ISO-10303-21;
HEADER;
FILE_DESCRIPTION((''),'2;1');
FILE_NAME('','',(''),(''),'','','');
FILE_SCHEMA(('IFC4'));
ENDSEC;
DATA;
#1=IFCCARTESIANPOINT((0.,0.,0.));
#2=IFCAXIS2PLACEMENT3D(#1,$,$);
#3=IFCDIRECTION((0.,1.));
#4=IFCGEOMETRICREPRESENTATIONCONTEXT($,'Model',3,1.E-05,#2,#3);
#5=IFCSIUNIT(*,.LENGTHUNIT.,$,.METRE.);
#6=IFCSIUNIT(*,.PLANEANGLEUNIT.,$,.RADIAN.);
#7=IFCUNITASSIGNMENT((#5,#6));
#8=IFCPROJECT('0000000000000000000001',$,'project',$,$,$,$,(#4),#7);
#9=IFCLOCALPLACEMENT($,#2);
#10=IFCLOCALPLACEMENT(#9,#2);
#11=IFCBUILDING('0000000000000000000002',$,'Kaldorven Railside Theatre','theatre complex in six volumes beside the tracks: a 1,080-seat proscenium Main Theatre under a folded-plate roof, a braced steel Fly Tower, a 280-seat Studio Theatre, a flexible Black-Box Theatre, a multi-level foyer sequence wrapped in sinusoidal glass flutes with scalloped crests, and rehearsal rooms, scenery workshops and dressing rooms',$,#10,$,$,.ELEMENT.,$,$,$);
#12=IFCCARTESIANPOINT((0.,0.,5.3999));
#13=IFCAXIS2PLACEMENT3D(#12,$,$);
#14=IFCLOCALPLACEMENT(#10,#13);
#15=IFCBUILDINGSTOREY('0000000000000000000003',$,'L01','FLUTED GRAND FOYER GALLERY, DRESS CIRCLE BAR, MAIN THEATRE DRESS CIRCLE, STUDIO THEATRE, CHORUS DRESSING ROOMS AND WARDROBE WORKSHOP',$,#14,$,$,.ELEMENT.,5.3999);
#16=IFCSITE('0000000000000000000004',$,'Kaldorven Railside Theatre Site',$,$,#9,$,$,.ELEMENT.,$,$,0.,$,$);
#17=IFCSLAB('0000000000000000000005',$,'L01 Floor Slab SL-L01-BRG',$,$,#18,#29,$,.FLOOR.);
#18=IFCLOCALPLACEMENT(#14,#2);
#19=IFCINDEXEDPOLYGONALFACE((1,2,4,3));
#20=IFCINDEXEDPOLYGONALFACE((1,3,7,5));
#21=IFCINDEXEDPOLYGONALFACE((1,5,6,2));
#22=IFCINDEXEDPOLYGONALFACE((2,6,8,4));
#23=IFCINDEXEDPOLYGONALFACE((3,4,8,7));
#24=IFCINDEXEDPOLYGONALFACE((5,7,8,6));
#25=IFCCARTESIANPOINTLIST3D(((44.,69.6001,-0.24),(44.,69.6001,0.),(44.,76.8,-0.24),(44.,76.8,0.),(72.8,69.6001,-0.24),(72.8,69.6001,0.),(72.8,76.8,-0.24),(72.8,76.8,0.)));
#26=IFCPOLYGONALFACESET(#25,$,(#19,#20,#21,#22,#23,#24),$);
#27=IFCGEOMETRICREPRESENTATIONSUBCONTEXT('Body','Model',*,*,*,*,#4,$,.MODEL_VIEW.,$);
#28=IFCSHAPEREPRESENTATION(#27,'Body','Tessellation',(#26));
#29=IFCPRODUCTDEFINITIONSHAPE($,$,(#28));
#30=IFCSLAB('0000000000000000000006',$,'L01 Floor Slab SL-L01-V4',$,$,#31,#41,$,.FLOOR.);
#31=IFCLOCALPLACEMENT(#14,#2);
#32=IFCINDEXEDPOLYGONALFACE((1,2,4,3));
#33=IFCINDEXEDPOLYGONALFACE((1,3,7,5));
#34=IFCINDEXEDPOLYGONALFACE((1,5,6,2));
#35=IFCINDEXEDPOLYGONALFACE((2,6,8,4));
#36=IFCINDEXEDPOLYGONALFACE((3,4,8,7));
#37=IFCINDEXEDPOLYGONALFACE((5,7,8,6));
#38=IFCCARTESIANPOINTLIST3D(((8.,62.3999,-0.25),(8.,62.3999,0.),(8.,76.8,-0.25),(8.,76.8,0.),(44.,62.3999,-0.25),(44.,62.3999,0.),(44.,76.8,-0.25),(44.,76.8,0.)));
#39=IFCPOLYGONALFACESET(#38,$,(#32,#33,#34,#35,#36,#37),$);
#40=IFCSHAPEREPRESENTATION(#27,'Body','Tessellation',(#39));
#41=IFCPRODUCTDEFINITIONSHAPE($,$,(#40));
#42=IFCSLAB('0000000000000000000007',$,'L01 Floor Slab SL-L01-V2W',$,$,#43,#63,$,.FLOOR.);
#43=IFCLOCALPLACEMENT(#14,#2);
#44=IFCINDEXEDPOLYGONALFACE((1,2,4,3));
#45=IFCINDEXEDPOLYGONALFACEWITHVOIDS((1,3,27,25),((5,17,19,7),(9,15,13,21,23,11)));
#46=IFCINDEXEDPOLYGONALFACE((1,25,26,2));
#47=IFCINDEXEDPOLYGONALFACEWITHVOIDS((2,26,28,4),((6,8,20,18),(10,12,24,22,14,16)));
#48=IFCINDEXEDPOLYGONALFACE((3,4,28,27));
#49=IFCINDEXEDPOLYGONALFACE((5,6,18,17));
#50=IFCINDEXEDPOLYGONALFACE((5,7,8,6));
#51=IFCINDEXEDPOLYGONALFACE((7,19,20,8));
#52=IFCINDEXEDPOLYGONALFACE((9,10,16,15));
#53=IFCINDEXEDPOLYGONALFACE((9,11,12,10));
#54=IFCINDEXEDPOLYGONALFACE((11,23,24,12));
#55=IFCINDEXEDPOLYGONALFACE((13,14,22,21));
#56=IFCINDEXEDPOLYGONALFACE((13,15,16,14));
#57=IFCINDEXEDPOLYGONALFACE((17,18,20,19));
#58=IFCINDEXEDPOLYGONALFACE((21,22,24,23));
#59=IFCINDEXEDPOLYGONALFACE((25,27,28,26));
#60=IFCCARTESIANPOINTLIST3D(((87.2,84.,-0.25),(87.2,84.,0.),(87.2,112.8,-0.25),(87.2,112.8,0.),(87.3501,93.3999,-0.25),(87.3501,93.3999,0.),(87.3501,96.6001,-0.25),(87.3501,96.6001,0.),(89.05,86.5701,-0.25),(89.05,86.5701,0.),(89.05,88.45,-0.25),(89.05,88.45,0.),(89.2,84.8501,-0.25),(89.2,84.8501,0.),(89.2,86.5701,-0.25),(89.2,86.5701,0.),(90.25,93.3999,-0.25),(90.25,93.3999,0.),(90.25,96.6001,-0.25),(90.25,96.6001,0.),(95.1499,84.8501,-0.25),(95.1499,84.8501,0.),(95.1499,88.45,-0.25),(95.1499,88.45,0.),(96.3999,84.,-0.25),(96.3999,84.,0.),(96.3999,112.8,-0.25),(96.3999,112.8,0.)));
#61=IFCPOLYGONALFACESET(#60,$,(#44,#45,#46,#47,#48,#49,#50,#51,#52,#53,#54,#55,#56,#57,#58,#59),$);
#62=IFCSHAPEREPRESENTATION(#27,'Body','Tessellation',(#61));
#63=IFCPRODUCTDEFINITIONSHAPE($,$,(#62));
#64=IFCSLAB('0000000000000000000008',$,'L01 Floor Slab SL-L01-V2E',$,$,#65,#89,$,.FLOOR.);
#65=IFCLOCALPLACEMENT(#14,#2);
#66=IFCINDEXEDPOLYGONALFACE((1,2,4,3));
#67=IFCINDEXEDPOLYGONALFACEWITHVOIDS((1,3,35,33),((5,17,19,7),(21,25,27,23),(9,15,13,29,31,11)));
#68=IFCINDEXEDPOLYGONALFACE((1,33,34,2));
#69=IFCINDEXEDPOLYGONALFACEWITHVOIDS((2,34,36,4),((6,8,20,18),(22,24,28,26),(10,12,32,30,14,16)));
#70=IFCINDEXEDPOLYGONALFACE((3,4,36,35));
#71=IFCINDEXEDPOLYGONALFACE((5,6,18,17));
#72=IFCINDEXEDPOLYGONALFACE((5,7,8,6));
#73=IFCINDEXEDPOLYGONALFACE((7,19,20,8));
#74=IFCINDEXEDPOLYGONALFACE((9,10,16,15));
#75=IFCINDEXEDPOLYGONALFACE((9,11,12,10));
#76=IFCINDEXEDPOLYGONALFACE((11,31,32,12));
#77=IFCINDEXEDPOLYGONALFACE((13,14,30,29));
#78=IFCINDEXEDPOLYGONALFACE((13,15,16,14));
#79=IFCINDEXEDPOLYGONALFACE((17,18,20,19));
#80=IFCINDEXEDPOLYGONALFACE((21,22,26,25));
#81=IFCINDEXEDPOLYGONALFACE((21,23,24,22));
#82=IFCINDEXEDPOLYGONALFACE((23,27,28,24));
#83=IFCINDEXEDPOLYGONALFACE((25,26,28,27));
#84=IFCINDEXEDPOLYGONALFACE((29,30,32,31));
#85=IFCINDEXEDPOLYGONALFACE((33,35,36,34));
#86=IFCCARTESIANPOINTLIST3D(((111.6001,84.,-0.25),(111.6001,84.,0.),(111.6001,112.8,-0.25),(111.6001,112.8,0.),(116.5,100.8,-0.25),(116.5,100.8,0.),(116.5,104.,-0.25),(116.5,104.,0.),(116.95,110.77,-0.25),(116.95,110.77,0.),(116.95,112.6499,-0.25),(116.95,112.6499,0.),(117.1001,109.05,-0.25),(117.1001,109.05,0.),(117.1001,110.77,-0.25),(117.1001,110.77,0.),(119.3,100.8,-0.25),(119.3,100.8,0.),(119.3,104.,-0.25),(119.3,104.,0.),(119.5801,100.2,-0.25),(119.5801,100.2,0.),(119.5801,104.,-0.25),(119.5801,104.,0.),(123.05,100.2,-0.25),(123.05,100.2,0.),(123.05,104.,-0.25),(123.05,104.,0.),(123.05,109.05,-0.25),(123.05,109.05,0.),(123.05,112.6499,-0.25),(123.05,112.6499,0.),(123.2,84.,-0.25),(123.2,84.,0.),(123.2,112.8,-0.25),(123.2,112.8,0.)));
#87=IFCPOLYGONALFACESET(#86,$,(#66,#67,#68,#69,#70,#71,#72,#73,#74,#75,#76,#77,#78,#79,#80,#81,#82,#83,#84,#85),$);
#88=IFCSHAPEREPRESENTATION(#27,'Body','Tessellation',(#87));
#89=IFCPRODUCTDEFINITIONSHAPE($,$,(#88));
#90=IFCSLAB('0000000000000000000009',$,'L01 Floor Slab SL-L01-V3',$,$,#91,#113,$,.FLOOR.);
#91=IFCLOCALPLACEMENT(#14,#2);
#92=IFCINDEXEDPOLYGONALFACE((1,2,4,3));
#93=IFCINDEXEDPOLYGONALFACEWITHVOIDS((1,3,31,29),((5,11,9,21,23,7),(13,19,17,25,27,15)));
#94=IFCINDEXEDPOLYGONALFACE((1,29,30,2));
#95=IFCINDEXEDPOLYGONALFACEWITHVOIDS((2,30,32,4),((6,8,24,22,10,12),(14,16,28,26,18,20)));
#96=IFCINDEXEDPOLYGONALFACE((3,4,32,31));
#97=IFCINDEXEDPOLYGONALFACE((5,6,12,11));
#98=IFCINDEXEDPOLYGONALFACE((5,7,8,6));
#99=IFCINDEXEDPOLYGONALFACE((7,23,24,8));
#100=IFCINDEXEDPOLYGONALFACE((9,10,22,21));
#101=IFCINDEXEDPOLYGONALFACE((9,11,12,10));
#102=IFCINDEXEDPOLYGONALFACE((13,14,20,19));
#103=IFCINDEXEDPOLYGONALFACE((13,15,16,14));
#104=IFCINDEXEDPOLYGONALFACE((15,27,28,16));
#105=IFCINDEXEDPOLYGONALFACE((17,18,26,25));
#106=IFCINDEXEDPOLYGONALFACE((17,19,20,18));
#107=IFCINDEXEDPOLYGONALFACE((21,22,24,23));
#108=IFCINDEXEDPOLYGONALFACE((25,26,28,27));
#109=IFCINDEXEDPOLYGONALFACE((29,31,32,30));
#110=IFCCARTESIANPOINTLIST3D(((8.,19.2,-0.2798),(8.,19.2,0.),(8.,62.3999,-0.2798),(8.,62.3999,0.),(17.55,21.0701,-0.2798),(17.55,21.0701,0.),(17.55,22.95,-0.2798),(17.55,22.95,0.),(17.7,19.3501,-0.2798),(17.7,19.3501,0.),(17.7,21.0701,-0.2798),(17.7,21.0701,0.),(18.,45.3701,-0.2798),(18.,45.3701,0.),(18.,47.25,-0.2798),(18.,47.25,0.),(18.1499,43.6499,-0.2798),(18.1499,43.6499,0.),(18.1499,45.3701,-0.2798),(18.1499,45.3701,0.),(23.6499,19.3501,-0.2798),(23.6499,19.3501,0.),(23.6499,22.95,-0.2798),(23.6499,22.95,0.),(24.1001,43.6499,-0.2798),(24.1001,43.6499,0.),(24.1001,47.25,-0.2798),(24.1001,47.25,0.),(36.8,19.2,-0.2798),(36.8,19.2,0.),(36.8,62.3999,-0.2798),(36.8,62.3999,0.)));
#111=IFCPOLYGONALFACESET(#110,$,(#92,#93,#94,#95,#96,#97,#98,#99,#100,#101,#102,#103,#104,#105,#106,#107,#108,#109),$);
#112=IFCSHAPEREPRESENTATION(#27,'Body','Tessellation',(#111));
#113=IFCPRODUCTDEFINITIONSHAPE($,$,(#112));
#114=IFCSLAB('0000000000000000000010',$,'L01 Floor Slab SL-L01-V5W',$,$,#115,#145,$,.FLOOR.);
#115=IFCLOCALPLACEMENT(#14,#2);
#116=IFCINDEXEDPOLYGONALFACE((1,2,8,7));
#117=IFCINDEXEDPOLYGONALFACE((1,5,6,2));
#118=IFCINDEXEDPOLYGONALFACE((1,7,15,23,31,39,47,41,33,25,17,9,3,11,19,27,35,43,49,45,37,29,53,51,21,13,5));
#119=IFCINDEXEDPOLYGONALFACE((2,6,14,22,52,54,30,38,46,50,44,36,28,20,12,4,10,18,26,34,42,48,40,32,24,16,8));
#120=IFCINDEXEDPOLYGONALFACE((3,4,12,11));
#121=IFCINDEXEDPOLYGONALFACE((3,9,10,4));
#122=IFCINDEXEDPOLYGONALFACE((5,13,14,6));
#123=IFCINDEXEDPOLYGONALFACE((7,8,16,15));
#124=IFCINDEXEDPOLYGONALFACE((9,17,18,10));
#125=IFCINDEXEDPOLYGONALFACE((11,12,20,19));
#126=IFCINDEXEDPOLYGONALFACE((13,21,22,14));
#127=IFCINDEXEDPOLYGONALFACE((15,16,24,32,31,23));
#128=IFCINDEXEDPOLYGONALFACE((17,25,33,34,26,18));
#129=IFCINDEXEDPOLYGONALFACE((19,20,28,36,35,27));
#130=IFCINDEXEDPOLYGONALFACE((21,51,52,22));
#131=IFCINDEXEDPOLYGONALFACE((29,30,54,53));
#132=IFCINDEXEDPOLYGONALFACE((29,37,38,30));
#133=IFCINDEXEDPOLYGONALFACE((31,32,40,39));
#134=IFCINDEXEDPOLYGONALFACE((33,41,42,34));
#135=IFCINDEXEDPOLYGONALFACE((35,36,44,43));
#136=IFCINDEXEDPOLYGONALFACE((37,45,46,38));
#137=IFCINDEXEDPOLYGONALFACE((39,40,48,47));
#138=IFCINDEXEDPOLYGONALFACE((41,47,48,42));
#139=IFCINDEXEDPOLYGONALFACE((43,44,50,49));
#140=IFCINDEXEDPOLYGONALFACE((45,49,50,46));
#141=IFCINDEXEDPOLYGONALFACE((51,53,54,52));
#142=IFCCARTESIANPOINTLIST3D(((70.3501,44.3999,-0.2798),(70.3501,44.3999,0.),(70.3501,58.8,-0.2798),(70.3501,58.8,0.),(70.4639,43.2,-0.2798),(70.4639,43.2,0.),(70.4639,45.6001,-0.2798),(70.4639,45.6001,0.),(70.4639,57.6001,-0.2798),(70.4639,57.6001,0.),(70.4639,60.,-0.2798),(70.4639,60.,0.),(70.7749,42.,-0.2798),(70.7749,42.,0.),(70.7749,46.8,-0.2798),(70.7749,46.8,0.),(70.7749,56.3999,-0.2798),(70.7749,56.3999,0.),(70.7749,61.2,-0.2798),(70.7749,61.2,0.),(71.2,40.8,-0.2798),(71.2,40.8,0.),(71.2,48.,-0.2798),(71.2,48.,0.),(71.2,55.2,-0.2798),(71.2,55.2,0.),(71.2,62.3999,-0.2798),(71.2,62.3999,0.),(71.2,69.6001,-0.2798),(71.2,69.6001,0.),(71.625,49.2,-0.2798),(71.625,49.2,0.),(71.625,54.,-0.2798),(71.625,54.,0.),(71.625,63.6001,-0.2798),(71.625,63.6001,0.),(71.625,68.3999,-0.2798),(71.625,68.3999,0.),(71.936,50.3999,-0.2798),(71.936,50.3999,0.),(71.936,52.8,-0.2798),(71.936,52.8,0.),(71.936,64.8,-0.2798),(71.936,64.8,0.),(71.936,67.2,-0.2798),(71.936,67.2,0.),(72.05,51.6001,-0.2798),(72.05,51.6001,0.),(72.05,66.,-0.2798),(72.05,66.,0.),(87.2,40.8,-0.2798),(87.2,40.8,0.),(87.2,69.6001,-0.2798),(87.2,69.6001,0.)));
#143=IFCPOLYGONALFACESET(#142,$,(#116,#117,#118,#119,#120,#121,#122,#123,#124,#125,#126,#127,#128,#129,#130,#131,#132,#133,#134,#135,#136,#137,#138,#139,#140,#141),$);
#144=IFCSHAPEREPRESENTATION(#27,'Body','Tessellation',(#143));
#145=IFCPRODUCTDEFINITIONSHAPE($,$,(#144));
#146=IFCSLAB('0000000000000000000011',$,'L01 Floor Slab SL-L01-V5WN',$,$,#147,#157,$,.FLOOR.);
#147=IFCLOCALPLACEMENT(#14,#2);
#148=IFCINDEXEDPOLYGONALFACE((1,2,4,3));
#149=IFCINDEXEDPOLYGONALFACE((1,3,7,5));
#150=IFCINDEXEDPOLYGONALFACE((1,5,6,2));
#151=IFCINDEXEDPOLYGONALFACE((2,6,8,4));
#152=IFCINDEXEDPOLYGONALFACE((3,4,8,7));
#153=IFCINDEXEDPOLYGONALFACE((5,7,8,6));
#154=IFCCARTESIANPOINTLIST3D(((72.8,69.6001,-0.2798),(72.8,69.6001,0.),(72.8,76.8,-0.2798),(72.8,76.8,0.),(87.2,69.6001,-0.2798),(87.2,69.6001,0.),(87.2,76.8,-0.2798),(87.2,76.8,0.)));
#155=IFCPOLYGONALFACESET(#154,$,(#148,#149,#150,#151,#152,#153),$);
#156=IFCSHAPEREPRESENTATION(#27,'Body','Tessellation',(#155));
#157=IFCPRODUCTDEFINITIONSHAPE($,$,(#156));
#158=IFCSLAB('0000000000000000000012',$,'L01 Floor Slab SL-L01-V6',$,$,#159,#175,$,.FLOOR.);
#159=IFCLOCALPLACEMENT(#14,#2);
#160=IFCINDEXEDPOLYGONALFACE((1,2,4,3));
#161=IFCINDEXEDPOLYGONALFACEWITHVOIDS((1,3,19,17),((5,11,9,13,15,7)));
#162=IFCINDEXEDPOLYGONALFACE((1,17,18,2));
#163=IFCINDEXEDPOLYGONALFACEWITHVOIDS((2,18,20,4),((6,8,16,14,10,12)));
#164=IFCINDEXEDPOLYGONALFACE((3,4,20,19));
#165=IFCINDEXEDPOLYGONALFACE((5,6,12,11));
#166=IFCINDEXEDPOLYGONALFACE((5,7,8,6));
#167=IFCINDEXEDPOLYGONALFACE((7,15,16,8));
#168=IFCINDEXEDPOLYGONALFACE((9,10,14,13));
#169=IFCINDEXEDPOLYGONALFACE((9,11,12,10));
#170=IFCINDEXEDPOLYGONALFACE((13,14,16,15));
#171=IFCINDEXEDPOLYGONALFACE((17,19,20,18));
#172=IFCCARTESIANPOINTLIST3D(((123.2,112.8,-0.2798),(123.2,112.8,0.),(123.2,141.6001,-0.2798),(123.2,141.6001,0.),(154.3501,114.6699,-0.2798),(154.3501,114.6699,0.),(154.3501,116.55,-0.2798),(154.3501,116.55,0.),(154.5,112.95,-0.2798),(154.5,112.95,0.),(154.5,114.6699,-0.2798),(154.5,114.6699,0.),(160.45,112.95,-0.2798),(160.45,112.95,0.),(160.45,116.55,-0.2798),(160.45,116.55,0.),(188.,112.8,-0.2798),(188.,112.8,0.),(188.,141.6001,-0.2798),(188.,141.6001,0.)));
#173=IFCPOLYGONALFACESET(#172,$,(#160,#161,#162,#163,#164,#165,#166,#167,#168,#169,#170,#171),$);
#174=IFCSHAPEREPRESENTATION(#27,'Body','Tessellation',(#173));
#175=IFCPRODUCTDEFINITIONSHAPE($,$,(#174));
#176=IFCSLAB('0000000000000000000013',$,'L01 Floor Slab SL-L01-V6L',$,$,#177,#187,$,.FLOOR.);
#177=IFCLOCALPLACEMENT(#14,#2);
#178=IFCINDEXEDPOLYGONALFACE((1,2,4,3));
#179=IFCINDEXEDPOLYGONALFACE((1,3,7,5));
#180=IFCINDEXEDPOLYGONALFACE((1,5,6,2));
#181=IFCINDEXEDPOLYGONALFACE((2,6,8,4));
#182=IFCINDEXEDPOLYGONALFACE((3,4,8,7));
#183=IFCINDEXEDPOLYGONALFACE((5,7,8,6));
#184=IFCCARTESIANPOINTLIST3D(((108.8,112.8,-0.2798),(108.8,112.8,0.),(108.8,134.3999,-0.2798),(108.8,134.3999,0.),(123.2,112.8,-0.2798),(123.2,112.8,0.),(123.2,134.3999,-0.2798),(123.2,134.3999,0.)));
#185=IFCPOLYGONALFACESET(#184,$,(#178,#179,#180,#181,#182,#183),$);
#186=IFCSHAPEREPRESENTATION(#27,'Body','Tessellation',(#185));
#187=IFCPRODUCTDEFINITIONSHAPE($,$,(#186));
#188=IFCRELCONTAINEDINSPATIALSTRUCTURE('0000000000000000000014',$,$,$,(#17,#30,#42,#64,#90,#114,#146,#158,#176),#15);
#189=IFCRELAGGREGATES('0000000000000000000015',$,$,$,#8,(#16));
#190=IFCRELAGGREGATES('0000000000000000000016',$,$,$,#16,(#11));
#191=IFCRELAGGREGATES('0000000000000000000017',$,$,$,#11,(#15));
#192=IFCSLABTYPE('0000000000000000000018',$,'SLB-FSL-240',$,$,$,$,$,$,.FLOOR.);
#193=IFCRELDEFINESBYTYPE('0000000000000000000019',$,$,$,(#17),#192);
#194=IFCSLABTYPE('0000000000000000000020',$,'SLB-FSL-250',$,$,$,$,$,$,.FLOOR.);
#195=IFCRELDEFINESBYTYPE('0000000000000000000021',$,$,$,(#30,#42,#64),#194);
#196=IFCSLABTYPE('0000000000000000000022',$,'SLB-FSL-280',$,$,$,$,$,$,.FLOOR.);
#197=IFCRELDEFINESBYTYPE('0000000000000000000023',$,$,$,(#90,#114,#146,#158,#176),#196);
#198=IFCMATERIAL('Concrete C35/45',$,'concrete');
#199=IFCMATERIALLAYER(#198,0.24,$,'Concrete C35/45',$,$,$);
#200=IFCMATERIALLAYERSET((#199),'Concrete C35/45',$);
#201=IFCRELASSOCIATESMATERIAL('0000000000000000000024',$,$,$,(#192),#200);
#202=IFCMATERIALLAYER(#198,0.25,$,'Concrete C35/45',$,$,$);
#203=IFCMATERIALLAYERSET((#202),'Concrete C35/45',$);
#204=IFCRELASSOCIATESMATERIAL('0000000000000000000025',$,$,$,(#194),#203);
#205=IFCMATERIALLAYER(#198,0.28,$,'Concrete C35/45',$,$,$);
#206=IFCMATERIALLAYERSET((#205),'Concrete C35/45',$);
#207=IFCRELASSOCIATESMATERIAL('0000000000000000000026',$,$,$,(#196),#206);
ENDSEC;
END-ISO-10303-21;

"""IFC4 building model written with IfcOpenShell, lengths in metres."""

from ifc_helpers import new_model, si_unit, direction, frame, origin, place, context, subcontext, project, spatial, polyline, outline, extrude, material, layer, layer_set, type_object, element, save


model = new_model("IFC4")

# Units and contexts
model_context = context("Model", 3, precision=1e-05, world=origin(), true_north=direction((0.0, 1.0)))
body_context = subcontext(model_context, "Body", "Model", "MODEL_VIEW")
ifc_project = project(units=[si_unit("LENGTHUNIT", "METRE"), si_unit("PLANEANGLEUNIT", "RADIAN")], contexts=[model_context])

# Site, building, storey
site_placement = place(None, origin())
site = spatial("IfcSite", under=ifc_project, at=site_placement, Name="Kaldorven Railside Theatre Site", CompositionType="ELEMENT", RefElevation=0.0)
building_placement = place(site_placement, origin())
building = spatial("IfcBuilding", under=site, at=building_placement, Name="Kaldorven Railside Theatre", Description="theatre complex in six volumes beside the tracks: a 1,080-seat proscenium Main Theatre under a folded-plate roof, a braced steel Fly Tower, a 280-seat Studio Theatre, a flexible Black-Box Theatre, a multi-level foyer sequence wrapped in sinusoidal glass flutes with scalloped crests, and rehearsal rooms, scenery workshops and dressing rooms", CompositionType="ELEMENT")
storey_placement = place(building_placement, frame((0.0, 0.0, 5.3999)))
storey = spatial("IfcBuildingStorey", under=building, at=storey_placement, Name="L01", Description="FLUTED GRAND FOYER GALLERY, DRESS CIRCLE BAR, MAIN THEATRE DRESS CIRCLE, STUDIO THEATRE, CHORUS DRESSING ROOMS AND WARDROBE WORKSHOP", CompositionType="ELEMENT", Elevation=5.3999)

# Slabs
ifc_material = material(Name="Concrete C35/45", Category="concrete")
ifc_layer_1 = layer(ifc_material, 0.24, Name="Concrete C35/45")
ifc_layer_set_1 = layer_set([ifc_layer_1], Name="Concrete C35/45")
slab_type_1 = type_object("IfcSlabType", Name="SLB-FSL-240", PredefinedType="FLOOR", material=ifc_layer_set_1)
slab_1_placement = place(storey_placement, frame((0.0, 0.0, -0.24)))
element("IfcSlab", 1, at=slab_1_placement, inside=storey, type_object=slab_type_1, Name="L01 Floor Slab SL-L01-BRG", PredefinedType="FLOOR", context=body_context, shape_type="SweptSolid", body=[
    extrude(outline(polyline([(44.0, 69.6001), (72.8, 69.6001), (72.8, 76.8), (44.0, 76.8), (44.0, 69.6001)])), origin(), (0.0, 0.0, 1.0), 0.24),
])
ifc_layer_2 = layer(ifc_material, 0.25, Name="Concrete C35/45")
ifc_layer_set_2 = layer_set([ifc_layer_2], Name="Concrete C35/45")
slab_type_2 = type_object("IfcSlabType", Name="SLB-FSL-250", PredefinedType="FLOOR", material=ifc_layer_set_2)
slab_2_placement = place(storey_placement, frame((0.0, 0.0, -0.25)))
element("IfcSlab", 2, at=slab_2_placement, inside=storey, type_object=slab_type_2, Name="L01 Floor Slab SL-L01-V4", PredefinedType="FLOOR", context=body_context, shape_type="SweptSolid", body=[
    extrude(outline(polyline([(8.0, 62.3999), (44.0, 62.3999), (44.0, 76.8), (8.0, 76.8), (8.0, 62.3999)])), origin(), (0.0, 0.0, 1.0), 0.25),
])
slab_3_placement = place(storey_placement, frame((0.0, 0.0, -0.25)))
element("IfcSlab", 3, at=slab_3_placement, inside=storey, type_object=slab_type_2, Name="L01 Floor Slab SL-L01-V2W", PredefinedType="FLOOR", context=body_context, shape_type="SweptSolid", body=[
    extrude(outline(polyline([(87.2, 84.0), (96.3999, 84.0), (96.3999, 112.8), (87.2, 112.8), (87.2, 84.0)]), holes=[polyline([(89.05, 88.45), (95.1499, 88.45), (95.1499, 84.8501), (89.2, 84.8501), (89.2, 86.5701), (89.05, 86.5701), (89.05, 88.45)]), polyline([(90.25, 93.3999), (90.25, 96.6001), (87.3501, 96.6001), (87.3501, 93.3999), (90.25, 93.3999)])]), origin(), (0.0, 0.0, 1.0), 0.25),
])
slab_4_placement = place(storey_placement, frame((0.0, 0.0, -0.25)))
element("IfcSlab", 4, at=slab_4_placement, inside=storey, type_object=slab_type_2, Name="L01 Floor Slab SL-L01-V2E", PredefinedType="FLOOR", context=body_context, shape_type="SweptSolid", body=[
    extrude(outline(polyline([(111.6001, 84.0), (123.2, 84.0), (123.2, 112.8), (111.6001, 112.8), (111.6001, 84.0)]), holes=[polyline([(116.95, 112.6499), (123.05, 112.6499), (123.05, 109.05), (117.1001, 109.05), (117.1001, 110.77), (116.95, 110.77), (116.95, 112.6499)]), polyline([(119.3, 100.8), (119.3, 104.0), (116.5, 104.0), (116.5, 100.8), (119.3, 100.8)]), polyline([(123.05, 100.2), (123.05, 104.0), (119.5801, 104.0), (119.5801, 100.2), (123.05, 100.2)])]), origin(), (0.0, 0.0, 1.0), 0.25),
])
ifc_layer_3 = layer(ifc_material, 0.28, Name="Concrete C35/45")
ifc_layer_set_3 = layer_set([ifc_layer_3], Name="Concrete C35/45")
slab_type_3 = type_object("IfcSlabType", Name="SLB-FSL-280", PredefinedType="FLOOR", material=ifc_layer_set_3)
slab_5_placement = place(storey_placement, frame((0.0, 0.0, -0.2798)))
element("IfcSlab", 5, at=slab_5_placement, inside=storey, type_object=slab_type_3, Name="L01 Floor Slab SL-L01-V3", PredefinedType="FLOOR", context=body_context, shape_type="SweptSolid", body=[
    extrude(outline(polyline([(8.0, 19.2), (36.8, 19.2), (36.8, 62.3999), (8.0, 62.3999), (8.0, 19.2)]), holes=[polyline([(17.55, 22.95), (23.6499, 22.95), (23.6499, 19.3501), (17.7, 19.3501), (17.7, 21.0701), (17.55, 21.0701), (17.55, 22.95)]), polyline([(18.0, 47.25), (24.1001, 47.25), (24.1001, 43.6499), (18.1499, 43.6499), (18.1499, 45.3701), (18.0, 45.3701), (18.0, 47.25)])]), origin(), (0.0, 0.0, 1.0), 0.2798),
])
slab_6_placement = place(storey_placement, frame((0.0, 0.0, -0.2798)))
element("IfcSlab", 6, at=slab_6_placement, inside=storey, type_object=slab_type_3, Name="L01 Floor Slab SL-L01-V5W", PredefinedType="FLOOR", context=body_context, shape_type="SweptSolid", body=[
    extrude(outline(polyline([(71.2, 40.8), (87.2, 40.8), (87.2, 69.6001), (71.2, 69.6001), (71.625, 68.3999), (71.936, 67.2), (72.05, 66.0), (71.936, 64.8), (71.625, 63.6001), (71.2, 62.3999), (70.7749, 61.2), (70.4639, 60.0), (70.3501, 58.8), (70.4639, 57.6001), (70.7749, 56.3999), (71.2, 55.2), (71.625, 54.0), (71.936, 52.8), (72.05, 51.6001), (71.936, 50.3999), (71.625, 49.2), (71.2, 48.0), (70.7749, 46.8), (70.4639, 45.6001), (70.3501, 44.3999), (70.4639, 43.2), (70.7749, 42.0), (71.2, 40.8)])), origin(), (0.0, 0.0, 1.0), 0.2798),
])
slab_7_placement = place(storey_placement, frame((0.0, 0.0, -0.2798)))
element("IfcSlab", 7, at=slab_7_placement, inside=storey, type_object=slab_type_3, Name="L01 Floor Slab SL-L01-V5WN", PredefinedType="FLOOR", context=body_context, shape_type="SweptSolid", body=[
    extrude(outline(polyline([(72.8, 69.6001), (87.2, 69.6001), (87.2, 76.8), (72.8, 76.8), (72.8, 69.6001)])), origin(), (0.0, 0.0, 1.0), 0.2798),
])
slab_8_placement = place(storey_placement, frame((0.0, 0.0, -0.2798)))
element("IfcSlab", 8, at=slab_8_placement, inside=storey, type_object=slab_type_3, Name="L01 Floor Slab SL-L01-V6", PredefinedType="FLOOR", context=body_context, shape_type="SweptSolid", body=[
    extrude(outline(polyline([(123.2, 112.8), (188.0, 112.8), (188.0, 141.6001), (123.2, 141.6001), (123.2, 112.8)]), holes=[polyline([(154.3501, 116.55), (160.45, 116.55), (160.45, 112.95), (154.5, 112.95), (154.5, 114.6699), (154.3501, 114.6699), (154.3501, 116.55)])]), origin(), (0.0, 0.0, 1.0), 0.2798),
])
slab_9_placement = place(storey_placement, frame((0.0, 0.0, -0.2798)))
element("IfcSlab", 9, at=slab_9_placement, inside=storey, type_object=slab_type_3, Name="L01 Floor Slab SL-L01-V6L", PredefinedType="FLOOR", context=body_context, shape_type="SweptSolid", body=[
    extrude(outline(polyline([(108.8, 112.8), (123.2, 112.8), (123.2, 134.3999), (108.8, 134.3999), (108.8, 112.8)])), origin(), (0.0, 0.0, 1.0), 0.2798),
])

save(model, "model.ifc")
